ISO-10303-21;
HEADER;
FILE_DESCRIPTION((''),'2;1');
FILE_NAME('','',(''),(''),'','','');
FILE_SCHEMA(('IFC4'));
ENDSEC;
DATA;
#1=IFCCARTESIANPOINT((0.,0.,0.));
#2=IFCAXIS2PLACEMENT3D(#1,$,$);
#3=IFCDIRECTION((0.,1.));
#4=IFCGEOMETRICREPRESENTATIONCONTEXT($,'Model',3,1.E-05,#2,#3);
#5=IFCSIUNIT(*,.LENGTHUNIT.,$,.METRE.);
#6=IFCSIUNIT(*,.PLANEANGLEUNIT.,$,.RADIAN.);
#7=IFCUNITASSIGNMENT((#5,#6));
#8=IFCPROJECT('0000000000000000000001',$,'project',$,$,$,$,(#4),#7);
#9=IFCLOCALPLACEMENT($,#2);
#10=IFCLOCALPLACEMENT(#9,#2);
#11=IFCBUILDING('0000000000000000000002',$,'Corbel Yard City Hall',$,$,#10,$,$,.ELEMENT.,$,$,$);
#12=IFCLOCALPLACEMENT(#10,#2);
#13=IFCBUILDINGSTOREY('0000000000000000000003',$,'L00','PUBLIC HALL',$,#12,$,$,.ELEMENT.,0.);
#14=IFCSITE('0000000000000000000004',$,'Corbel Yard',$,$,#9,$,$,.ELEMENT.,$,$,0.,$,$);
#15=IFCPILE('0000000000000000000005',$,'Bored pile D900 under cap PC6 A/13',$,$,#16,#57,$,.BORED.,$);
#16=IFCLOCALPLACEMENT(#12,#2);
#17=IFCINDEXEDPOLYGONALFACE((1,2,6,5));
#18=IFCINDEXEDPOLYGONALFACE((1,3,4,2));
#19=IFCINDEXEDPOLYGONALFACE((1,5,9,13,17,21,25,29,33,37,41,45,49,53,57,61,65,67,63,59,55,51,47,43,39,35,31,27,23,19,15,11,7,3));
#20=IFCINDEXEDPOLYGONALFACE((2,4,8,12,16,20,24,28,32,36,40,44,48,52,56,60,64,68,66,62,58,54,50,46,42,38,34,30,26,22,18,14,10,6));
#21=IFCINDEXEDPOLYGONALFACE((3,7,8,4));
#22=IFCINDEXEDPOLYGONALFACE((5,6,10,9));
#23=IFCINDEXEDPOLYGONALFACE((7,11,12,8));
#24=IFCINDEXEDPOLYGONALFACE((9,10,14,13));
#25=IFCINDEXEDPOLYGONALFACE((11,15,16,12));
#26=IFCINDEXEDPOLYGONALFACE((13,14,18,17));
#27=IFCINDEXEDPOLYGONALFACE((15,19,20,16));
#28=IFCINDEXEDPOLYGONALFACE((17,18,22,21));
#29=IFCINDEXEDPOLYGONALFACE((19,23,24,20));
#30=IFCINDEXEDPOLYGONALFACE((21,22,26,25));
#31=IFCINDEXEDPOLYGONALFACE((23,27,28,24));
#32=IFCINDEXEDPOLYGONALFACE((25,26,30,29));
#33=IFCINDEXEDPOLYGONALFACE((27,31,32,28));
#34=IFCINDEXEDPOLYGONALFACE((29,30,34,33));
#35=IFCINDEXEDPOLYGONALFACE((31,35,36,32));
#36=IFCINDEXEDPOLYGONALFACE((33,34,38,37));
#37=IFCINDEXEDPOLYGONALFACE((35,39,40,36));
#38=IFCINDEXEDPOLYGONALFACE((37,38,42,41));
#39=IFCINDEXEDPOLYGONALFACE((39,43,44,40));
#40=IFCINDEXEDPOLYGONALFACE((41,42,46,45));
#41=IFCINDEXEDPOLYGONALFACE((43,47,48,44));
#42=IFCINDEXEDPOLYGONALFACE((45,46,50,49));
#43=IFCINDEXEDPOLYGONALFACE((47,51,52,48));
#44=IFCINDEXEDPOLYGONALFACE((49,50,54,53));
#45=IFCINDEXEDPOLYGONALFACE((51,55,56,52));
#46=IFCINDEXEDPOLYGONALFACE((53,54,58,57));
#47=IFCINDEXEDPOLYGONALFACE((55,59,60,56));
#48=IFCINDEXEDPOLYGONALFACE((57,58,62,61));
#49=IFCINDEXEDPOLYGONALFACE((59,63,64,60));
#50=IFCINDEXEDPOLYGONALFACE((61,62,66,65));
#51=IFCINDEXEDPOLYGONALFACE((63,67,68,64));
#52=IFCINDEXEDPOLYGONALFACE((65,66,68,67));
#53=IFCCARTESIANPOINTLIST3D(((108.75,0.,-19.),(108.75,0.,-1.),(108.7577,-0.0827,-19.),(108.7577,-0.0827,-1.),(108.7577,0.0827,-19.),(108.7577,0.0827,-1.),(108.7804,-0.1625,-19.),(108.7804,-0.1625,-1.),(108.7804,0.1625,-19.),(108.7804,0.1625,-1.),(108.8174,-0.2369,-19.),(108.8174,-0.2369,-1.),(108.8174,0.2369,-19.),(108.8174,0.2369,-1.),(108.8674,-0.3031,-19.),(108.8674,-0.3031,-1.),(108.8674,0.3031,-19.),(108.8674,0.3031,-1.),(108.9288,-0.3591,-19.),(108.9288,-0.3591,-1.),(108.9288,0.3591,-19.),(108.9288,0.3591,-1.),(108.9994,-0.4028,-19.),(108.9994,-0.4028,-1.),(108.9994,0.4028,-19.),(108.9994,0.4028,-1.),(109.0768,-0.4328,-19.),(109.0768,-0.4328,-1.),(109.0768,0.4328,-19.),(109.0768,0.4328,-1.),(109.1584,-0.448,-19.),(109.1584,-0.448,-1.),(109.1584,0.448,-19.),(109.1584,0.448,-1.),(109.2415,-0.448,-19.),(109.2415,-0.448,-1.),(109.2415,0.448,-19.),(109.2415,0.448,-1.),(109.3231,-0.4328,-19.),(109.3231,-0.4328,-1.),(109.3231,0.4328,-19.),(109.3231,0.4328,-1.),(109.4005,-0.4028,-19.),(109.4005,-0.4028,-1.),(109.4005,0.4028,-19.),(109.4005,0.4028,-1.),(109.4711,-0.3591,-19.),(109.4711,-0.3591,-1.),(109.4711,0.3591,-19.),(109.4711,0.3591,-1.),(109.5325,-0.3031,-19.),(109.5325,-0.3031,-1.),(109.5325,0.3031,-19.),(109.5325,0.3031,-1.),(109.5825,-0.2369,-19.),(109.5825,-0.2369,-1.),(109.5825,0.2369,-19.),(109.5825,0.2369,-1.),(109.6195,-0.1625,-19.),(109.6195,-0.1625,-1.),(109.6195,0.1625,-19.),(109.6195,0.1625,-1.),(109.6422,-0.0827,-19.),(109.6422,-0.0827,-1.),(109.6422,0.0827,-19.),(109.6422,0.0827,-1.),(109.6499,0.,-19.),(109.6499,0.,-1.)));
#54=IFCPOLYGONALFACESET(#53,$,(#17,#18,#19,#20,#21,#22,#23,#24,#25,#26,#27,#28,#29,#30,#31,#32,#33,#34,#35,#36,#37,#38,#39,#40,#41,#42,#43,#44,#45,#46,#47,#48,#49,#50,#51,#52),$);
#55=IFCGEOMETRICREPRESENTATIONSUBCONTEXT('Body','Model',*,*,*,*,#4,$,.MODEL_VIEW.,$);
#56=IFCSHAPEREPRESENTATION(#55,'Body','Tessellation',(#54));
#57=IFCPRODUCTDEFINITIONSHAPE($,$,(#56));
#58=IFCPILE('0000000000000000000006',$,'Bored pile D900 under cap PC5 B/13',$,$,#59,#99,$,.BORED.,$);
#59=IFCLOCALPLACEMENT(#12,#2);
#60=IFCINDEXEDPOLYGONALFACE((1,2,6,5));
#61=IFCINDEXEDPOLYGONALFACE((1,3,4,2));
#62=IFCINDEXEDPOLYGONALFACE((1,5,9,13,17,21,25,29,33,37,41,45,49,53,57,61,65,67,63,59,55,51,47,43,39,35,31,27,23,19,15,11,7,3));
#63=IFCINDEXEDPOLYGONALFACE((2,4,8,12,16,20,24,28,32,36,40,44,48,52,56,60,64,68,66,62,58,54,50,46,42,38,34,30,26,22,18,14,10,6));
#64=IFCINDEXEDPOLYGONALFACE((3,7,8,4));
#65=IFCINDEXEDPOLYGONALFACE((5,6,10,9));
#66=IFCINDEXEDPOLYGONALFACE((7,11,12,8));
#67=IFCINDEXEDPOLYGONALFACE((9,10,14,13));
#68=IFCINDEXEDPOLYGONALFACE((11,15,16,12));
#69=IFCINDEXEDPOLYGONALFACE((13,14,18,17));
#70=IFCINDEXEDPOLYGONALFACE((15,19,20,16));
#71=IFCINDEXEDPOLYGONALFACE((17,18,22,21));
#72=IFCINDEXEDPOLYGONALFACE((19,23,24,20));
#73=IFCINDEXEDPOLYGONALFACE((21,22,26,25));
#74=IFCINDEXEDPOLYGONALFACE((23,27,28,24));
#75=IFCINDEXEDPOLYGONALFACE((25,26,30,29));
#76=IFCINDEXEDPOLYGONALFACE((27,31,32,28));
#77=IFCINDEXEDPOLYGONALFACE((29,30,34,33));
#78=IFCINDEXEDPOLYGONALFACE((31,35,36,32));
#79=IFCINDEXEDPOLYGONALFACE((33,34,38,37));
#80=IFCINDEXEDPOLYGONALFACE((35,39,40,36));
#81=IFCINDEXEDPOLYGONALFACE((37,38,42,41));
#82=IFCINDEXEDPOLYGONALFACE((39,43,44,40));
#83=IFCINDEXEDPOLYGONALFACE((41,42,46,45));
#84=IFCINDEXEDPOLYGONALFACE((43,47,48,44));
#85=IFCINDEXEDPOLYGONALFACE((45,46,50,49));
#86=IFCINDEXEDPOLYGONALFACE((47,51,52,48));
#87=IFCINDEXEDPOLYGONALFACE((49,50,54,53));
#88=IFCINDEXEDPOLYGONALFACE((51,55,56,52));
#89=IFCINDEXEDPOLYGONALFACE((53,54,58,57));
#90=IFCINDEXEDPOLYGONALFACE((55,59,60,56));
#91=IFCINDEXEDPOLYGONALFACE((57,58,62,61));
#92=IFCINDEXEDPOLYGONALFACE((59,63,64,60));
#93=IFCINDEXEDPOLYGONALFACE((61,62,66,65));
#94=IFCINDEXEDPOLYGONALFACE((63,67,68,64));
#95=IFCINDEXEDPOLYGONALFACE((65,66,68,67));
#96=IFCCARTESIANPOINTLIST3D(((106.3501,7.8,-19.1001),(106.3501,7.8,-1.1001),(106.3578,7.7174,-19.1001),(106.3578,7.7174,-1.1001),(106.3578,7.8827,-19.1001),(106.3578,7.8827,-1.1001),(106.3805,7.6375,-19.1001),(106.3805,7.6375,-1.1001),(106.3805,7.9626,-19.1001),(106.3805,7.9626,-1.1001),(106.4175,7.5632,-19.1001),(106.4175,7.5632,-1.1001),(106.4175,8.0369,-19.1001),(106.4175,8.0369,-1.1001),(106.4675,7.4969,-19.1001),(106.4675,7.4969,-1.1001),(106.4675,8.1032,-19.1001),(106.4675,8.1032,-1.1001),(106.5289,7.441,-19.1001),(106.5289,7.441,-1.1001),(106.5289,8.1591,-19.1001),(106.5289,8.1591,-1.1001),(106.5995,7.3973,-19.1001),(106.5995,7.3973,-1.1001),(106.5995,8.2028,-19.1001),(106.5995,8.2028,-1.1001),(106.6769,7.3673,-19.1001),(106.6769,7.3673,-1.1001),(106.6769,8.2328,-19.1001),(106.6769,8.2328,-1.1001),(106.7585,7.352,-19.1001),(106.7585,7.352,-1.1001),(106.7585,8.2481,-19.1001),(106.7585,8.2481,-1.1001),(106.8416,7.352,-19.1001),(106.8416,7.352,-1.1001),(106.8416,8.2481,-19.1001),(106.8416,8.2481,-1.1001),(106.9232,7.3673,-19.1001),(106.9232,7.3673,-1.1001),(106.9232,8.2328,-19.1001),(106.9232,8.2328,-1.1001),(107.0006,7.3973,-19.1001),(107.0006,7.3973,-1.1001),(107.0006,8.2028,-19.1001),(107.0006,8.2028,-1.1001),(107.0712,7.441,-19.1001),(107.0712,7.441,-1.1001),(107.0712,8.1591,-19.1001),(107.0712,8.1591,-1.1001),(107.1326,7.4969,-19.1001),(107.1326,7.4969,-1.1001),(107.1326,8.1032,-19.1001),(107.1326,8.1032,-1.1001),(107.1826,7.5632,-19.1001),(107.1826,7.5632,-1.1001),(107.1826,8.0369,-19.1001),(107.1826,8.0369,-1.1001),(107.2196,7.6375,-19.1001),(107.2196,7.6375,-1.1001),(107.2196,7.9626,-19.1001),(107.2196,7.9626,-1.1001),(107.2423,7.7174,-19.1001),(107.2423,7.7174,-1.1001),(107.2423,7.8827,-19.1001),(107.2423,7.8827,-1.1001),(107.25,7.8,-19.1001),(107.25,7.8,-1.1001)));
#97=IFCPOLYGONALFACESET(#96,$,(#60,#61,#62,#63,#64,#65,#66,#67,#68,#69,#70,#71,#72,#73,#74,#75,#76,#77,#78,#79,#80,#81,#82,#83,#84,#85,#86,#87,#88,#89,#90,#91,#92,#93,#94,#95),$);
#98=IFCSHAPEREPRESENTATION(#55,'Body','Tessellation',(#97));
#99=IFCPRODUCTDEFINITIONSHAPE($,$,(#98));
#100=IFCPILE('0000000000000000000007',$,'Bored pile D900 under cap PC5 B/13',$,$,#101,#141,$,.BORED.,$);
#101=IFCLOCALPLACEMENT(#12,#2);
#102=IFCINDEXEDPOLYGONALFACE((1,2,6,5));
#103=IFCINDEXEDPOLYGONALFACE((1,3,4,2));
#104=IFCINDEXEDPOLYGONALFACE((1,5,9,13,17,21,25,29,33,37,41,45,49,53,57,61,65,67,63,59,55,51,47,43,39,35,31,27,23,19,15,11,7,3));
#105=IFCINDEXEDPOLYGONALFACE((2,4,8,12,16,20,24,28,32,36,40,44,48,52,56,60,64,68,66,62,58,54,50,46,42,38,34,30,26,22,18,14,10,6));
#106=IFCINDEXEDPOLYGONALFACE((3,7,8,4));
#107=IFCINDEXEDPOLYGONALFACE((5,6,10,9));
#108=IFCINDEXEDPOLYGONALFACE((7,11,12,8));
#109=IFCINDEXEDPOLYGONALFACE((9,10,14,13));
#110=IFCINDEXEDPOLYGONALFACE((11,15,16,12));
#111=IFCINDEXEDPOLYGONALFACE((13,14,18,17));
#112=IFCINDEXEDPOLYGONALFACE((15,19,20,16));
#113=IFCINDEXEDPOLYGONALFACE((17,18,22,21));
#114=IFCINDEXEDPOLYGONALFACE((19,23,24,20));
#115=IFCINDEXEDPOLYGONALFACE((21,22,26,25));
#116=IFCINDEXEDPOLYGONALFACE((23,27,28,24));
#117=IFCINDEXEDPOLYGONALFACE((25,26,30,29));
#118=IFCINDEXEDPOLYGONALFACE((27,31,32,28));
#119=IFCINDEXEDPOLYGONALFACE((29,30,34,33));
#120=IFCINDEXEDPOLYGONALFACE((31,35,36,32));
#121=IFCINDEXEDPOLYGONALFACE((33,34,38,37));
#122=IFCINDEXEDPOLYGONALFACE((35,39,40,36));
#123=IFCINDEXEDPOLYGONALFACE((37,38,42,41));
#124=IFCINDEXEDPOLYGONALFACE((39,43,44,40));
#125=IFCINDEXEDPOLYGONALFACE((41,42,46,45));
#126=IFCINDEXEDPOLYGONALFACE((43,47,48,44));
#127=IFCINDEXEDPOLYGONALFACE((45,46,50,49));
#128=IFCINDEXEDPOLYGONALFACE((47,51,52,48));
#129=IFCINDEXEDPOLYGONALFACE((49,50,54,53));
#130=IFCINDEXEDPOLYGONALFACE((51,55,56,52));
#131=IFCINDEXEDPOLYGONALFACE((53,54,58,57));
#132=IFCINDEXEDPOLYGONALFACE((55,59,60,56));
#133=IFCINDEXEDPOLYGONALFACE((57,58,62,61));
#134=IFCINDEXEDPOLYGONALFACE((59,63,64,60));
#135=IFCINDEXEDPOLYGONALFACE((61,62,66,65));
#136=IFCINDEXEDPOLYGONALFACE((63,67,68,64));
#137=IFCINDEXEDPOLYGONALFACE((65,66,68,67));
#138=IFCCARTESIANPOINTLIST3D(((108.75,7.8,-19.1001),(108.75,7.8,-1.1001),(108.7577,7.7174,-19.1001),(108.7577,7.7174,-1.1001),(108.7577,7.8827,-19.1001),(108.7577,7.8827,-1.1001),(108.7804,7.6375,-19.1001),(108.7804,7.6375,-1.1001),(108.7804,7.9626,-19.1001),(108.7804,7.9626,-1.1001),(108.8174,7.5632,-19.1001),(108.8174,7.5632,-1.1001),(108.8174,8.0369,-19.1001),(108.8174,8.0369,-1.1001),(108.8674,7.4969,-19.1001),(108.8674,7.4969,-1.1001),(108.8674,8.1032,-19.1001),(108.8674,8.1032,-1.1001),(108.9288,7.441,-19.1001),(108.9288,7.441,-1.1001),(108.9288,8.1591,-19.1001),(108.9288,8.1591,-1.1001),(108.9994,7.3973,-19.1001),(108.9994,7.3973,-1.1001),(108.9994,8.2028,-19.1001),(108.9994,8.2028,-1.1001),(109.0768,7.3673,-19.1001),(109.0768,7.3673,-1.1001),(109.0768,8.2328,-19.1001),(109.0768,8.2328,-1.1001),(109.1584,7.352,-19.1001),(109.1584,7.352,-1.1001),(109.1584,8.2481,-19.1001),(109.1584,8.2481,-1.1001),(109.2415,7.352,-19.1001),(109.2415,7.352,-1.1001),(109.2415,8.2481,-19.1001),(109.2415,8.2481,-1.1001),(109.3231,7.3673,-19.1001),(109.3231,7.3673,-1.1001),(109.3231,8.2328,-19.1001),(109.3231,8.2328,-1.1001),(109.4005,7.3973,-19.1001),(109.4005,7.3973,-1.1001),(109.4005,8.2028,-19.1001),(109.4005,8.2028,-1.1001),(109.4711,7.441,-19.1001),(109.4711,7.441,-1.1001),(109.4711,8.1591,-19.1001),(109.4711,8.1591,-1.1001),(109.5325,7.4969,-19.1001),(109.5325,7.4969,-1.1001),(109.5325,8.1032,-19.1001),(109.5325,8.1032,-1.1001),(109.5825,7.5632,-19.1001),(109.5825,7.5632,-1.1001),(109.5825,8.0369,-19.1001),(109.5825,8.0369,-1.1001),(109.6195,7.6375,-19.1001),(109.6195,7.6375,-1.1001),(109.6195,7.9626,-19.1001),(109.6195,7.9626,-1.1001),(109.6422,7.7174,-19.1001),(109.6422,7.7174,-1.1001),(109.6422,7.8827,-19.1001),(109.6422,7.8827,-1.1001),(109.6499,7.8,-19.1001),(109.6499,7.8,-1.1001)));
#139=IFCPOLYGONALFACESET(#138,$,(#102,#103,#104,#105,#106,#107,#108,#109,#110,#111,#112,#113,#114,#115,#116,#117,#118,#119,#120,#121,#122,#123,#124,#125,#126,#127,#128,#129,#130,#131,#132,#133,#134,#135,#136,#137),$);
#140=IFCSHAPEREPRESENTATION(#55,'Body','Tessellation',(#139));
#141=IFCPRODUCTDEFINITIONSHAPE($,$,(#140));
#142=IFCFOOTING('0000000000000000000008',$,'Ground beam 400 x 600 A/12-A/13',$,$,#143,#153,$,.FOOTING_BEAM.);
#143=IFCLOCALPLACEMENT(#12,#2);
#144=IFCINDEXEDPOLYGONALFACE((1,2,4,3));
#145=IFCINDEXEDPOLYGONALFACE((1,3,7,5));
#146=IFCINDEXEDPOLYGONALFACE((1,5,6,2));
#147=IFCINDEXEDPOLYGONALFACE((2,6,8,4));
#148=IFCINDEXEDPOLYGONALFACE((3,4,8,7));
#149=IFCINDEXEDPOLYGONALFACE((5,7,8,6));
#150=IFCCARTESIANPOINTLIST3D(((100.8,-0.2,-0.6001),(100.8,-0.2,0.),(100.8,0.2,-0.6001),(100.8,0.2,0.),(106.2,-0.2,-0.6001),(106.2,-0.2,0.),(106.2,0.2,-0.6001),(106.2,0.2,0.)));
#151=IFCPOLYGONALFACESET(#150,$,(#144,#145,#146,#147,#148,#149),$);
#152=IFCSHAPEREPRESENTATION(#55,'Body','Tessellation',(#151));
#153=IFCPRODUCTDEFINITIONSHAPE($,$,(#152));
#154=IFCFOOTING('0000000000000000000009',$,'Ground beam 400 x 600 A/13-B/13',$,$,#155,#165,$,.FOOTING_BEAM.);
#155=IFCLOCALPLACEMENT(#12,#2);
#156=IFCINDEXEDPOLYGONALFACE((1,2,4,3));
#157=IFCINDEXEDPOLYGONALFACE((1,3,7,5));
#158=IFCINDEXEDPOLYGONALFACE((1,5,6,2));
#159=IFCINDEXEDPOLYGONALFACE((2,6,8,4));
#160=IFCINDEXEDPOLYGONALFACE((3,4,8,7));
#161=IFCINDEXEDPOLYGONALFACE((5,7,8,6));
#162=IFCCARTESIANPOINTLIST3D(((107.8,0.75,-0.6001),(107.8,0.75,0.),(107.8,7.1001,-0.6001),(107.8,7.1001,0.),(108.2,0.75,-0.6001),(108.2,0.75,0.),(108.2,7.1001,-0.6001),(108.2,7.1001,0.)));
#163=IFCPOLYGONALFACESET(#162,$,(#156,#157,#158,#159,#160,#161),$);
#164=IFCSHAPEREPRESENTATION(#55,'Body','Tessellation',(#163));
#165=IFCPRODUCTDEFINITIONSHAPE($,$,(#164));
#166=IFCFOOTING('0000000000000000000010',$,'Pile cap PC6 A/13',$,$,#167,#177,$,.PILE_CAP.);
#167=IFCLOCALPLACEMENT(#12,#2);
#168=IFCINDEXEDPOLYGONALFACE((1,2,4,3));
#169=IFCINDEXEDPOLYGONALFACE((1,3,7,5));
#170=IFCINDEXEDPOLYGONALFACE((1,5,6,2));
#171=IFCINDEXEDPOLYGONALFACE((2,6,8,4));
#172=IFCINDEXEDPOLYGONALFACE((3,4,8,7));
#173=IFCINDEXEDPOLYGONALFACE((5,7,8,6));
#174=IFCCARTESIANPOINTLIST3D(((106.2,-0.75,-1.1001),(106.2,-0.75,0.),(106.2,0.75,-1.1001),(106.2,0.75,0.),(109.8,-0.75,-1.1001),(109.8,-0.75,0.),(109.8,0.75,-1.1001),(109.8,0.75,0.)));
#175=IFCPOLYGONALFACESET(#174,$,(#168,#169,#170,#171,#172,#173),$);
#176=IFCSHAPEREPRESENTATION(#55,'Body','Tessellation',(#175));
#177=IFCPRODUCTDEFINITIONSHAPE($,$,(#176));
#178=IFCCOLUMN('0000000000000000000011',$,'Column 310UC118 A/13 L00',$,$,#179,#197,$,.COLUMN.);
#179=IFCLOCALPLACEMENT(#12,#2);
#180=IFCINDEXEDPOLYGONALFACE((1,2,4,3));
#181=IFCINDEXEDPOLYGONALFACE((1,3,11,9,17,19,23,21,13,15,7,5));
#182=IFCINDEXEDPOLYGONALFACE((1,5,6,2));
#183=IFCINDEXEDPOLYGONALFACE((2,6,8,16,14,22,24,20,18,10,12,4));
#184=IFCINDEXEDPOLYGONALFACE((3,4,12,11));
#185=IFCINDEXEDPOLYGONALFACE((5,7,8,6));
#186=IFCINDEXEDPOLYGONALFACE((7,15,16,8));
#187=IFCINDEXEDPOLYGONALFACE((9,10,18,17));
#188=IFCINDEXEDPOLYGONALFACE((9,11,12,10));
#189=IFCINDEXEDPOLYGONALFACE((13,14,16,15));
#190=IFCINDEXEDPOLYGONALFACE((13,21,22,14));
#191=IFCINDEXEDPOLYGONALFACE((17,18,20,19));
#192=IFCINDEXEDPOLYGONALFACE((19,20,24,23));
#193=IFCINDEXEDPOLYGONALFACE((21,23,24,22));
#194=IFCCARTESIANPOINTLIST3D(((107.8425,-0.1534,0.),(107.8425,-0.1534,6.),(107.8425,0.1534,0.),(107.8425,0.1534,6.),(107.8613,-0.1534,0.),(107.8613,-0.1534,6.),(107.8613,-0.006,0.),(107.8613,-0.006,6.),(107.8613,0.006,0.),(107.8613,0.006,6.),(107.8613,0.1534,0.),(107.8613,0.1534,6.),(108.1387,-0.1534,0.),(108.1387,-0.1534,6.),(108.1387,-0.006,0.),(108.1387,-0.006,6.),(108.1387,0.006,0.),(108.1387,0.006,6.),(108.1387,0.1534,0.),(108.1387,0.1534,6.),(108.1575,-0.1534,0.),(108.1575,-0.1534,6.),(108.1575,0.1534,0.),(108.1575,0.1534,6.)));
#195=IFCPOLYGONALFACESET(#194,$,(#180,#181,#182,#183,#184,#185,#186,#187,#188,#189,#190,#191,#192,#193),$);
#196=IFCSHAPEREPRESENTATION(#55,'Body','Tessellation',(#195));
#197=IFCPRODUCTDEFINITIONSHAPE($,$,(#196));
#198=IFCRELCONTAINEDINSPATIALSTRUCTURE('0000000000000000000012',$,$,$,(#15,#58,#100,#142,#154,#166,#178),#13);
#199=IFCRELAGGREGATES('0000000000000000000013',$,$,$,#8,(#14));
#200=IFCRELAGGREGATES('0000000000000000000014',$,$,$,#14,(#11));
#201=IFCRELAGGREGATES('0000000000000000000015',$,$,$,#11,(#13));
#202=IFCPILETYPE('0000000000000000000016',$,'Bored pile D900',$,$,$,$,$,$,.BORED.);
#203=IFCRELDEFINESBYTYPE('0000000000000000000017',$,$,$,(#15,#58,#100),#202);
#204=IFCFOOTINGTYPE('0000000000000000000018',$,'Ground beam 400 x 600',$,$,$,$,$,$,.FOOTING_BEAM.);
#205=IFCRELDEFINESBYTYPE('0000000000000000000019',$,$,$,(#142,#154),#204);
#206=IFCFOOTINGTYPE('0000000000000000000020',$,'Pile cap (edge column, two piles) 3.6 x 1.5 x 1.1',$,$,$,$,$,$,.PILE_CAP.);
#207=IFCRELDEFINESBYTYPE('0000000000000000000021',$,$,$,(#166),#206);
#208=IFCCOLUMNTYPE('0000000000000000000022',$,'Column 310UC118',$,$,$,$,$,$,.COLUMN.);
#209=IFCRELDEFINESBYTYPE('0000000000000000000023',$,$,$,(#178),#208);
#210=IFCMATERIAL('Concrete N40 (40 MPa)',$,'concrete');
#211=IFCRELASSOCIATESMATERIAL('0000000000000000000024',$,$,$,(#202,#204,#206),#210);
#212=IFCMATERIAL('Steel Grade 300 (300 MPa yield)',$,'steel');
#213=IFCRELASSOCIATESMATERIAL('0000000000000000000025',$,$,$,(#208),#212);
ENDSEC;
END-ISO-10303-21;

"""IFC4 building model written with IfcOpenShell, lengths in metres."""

from ifc_helpers import new_model, si_unit, direction, frame, origin, origin_2d, place, context, subcontext, project, spatial, rectangle, circle, i_section, extrude, material, material_profile, profile_set, type_object, element, save


model = new_model("IFC4")

# Units and contexts
model_context = context("Model", 3, precision=1e-05, world=origin(), true_north=direction((0.0, 1.0)))
body_context = subcontext(model_context, "Body", "Model", "MODEL_VIEW")
ifc_project = project(units=[si_unit("LENGTHUNIT", "METRE"), si_unit("PLANEANGLEUNIT", "RADIAN")], contexts=[model_context])

# Site, building, storey
site_placement = place(None, origin())
site = spatial("IfcSite", under=ifc_project, at=site_placement, Name="Corbel Yard", CompositionType="ELEMENT", RefElevation=0.0)
building_placement = place(site_placement, origin())
building = spatial("IfcBuilding", under=site, at=building_placement, Name="Corbel Yard City Hall", CompositionType="ELEMENT")
storey_placement = place(building_placement, origin())
storey = spatial("IfcBuildingStorey", under=building, at=storey_placement, Name="L00", Description="PUBLIC HALL", CompositionType="ELEMENT", Elevation=0.0)

# Piles
ifc_material_1 = material(Name="Concrete N40 (40 MPa)", Category="concrete")
ifc_material_profile_1 = material_profile(ifc_material_1, circle(Radius=0.45, at=origin_2d()), Name="D900")
ifc_profile_set_1 = profile_set([ifc_material_profile_1], Name="Concrete N40 (40 MPa)")
pile_type_1 = type_object("IfcPileType", Name="Bored pile D900", PredefinedType="BORED", material=ifc_profile_set_1)
for number, where, z_axis, x_axis, name in (
    (1, (109.2, 0.0, -1.0), (0.0, 0.0, -1.0), (1.0, 0.0, 0.0), "Bored pile D900 under cap PC6 A/13"),
    (2, (106.8, 7.8, -1.1001), (0.0, 0.0, -1.0), (1.0, 0.0, 0.0), "Bored pile D900 under cap PC5 B/13"),
    (3, (109.2, 7.8, -1.1001), (0.0, 0.0, -1.0), (1.0, 0.0, 0.0), "Bored pile D900 under cap PC5 B/13"),
):
    element("IfcPile", number, at=place(storey_placement, frame(where, z_axis=z_axis, x_axis=x_axis)), inside=storey, type_object=pile_type_1, Name=name, PredefinedType="BORED", context=body_context, shape_type="SweptSolid", body=[
        extrude(circle(Radius=0.45, at=origin_2d()), origin(), (0.0, 0.0, 1.0), 18.0),
    ])

# Footings
footing_type_1 = type_object("IfcFootingType", Name="Ground beam 400 x 600", PredefinedType="FOOTING_BEAM", material=ifc_material_1)
footing_1_placement = place(storey_placement, frame((103.5, 0.0, -0.6001), z_axis=(0.0, 0.0, 1.0), x_axis=(1.0, 0.0, 0.0)))
element("IfcFooting", 4, at=footing_1_placement, inside=storey, type_object=footing_type_1, Name="Ground beam 400 x 600 A/12-A/13", PredefinedType="FOOTING_BEAM", context=body_context, shape_type="SweptSolid", body=[
    extrude(rectangle(XDim=5.3999, YDim=0.3999, at=origin_2d()), origin(), (0.0, 0.0, 1.0), 0.6001),
])
footing_2_placement = place(storey_placement, frame((108.0, 3.925, -0.6001), z_axis=(0.0, 0.0, 1.0), x_axis=(1.0, 0.0, 0.0)))
element("IfcFooting", 5, at=footing_2_placement, inside=storey, type_object=footing_type_1, Name="Ground beam 400 x 600 A/13-B/13", PredefinedType="FOOTING_BEAM", context=body_context, shape_type="SweptSolid", body=[
    extrude(rectangle(XDim=0.3999, YDim=6.3501, at=origin_2d()), origin(), (0.0, 0.0, 1.0), 0.6001),
])
footing_type_2 = type_object("IfcFootingType", Name="Pile cap (edge column, two piles) 3.6 x 1.5 x 1.1", PredefinedType="PILE_CAP", material=ifc_material_1)
footing_3_placement = place(storey_placement, frame((108.0, 0.0, -1.1001), z_axis=(0.0, 0.0, 1.0), x_axis=(1.0, 0.0, 0.0)))
element("IfcFooting", 6, at=footing_3_placement, inside=storey, type_object=footing_type_2, Name="Pile cap PC6 A/13", PredefinedType="PILE_CAP", context=body_context, shape_type="SweptSolid", body=[
    extrude(rectangle(XDim=3.6001, YDim=1.5, at=origin_2d()), origin(), (0.0, 0.0, 1.0), 1.1001),
])

# Column
ifc_material_2 = material(Name="Steel Grade 300 (300 MPa yield)", Category="steel")
ifc_material_profile_2 = material_profile(ifc_material_2, i_section(OverallWidth=0.3069, OverallDepth=0.3149, WebThickness=0.012, FlangeThickness=0.0188, at=origin_2d()), Name="310UC118")
ifc_profile_set_2 = profile_set([ifc_material_profile_2], Name="Steel Grade 300 (300 MPa yield)")
column_type = type_object("IfcColumnType", Name="Column 310UC118", PredefinedType="COLUMN", material=ifc_profile_set_2)
column_placement = place(storey_placement, frame((108.0, 0.0, 0.0), z_axis=(0.0, 0.0, 1.0), x_axis=(0.0, 1.0, 0.0)))
element("IfcColumn", 7, at=column_placement, inside=storey, type_object=column_type, Name="Column 310UC118 A/13 L00", PredefinedType="COLUMN", context=body_context, shape_type="SweptSolid", body=[
    extrude(i_section(OverallWidth=0.3069, OverallDepth=0.3149, WebThickness=0.012, FlangeThickness=0.0188, at=origin_2d()), origin(), (0.0, 0.0, 1.0), 6.0),
])

save(model, "model.ifc")
